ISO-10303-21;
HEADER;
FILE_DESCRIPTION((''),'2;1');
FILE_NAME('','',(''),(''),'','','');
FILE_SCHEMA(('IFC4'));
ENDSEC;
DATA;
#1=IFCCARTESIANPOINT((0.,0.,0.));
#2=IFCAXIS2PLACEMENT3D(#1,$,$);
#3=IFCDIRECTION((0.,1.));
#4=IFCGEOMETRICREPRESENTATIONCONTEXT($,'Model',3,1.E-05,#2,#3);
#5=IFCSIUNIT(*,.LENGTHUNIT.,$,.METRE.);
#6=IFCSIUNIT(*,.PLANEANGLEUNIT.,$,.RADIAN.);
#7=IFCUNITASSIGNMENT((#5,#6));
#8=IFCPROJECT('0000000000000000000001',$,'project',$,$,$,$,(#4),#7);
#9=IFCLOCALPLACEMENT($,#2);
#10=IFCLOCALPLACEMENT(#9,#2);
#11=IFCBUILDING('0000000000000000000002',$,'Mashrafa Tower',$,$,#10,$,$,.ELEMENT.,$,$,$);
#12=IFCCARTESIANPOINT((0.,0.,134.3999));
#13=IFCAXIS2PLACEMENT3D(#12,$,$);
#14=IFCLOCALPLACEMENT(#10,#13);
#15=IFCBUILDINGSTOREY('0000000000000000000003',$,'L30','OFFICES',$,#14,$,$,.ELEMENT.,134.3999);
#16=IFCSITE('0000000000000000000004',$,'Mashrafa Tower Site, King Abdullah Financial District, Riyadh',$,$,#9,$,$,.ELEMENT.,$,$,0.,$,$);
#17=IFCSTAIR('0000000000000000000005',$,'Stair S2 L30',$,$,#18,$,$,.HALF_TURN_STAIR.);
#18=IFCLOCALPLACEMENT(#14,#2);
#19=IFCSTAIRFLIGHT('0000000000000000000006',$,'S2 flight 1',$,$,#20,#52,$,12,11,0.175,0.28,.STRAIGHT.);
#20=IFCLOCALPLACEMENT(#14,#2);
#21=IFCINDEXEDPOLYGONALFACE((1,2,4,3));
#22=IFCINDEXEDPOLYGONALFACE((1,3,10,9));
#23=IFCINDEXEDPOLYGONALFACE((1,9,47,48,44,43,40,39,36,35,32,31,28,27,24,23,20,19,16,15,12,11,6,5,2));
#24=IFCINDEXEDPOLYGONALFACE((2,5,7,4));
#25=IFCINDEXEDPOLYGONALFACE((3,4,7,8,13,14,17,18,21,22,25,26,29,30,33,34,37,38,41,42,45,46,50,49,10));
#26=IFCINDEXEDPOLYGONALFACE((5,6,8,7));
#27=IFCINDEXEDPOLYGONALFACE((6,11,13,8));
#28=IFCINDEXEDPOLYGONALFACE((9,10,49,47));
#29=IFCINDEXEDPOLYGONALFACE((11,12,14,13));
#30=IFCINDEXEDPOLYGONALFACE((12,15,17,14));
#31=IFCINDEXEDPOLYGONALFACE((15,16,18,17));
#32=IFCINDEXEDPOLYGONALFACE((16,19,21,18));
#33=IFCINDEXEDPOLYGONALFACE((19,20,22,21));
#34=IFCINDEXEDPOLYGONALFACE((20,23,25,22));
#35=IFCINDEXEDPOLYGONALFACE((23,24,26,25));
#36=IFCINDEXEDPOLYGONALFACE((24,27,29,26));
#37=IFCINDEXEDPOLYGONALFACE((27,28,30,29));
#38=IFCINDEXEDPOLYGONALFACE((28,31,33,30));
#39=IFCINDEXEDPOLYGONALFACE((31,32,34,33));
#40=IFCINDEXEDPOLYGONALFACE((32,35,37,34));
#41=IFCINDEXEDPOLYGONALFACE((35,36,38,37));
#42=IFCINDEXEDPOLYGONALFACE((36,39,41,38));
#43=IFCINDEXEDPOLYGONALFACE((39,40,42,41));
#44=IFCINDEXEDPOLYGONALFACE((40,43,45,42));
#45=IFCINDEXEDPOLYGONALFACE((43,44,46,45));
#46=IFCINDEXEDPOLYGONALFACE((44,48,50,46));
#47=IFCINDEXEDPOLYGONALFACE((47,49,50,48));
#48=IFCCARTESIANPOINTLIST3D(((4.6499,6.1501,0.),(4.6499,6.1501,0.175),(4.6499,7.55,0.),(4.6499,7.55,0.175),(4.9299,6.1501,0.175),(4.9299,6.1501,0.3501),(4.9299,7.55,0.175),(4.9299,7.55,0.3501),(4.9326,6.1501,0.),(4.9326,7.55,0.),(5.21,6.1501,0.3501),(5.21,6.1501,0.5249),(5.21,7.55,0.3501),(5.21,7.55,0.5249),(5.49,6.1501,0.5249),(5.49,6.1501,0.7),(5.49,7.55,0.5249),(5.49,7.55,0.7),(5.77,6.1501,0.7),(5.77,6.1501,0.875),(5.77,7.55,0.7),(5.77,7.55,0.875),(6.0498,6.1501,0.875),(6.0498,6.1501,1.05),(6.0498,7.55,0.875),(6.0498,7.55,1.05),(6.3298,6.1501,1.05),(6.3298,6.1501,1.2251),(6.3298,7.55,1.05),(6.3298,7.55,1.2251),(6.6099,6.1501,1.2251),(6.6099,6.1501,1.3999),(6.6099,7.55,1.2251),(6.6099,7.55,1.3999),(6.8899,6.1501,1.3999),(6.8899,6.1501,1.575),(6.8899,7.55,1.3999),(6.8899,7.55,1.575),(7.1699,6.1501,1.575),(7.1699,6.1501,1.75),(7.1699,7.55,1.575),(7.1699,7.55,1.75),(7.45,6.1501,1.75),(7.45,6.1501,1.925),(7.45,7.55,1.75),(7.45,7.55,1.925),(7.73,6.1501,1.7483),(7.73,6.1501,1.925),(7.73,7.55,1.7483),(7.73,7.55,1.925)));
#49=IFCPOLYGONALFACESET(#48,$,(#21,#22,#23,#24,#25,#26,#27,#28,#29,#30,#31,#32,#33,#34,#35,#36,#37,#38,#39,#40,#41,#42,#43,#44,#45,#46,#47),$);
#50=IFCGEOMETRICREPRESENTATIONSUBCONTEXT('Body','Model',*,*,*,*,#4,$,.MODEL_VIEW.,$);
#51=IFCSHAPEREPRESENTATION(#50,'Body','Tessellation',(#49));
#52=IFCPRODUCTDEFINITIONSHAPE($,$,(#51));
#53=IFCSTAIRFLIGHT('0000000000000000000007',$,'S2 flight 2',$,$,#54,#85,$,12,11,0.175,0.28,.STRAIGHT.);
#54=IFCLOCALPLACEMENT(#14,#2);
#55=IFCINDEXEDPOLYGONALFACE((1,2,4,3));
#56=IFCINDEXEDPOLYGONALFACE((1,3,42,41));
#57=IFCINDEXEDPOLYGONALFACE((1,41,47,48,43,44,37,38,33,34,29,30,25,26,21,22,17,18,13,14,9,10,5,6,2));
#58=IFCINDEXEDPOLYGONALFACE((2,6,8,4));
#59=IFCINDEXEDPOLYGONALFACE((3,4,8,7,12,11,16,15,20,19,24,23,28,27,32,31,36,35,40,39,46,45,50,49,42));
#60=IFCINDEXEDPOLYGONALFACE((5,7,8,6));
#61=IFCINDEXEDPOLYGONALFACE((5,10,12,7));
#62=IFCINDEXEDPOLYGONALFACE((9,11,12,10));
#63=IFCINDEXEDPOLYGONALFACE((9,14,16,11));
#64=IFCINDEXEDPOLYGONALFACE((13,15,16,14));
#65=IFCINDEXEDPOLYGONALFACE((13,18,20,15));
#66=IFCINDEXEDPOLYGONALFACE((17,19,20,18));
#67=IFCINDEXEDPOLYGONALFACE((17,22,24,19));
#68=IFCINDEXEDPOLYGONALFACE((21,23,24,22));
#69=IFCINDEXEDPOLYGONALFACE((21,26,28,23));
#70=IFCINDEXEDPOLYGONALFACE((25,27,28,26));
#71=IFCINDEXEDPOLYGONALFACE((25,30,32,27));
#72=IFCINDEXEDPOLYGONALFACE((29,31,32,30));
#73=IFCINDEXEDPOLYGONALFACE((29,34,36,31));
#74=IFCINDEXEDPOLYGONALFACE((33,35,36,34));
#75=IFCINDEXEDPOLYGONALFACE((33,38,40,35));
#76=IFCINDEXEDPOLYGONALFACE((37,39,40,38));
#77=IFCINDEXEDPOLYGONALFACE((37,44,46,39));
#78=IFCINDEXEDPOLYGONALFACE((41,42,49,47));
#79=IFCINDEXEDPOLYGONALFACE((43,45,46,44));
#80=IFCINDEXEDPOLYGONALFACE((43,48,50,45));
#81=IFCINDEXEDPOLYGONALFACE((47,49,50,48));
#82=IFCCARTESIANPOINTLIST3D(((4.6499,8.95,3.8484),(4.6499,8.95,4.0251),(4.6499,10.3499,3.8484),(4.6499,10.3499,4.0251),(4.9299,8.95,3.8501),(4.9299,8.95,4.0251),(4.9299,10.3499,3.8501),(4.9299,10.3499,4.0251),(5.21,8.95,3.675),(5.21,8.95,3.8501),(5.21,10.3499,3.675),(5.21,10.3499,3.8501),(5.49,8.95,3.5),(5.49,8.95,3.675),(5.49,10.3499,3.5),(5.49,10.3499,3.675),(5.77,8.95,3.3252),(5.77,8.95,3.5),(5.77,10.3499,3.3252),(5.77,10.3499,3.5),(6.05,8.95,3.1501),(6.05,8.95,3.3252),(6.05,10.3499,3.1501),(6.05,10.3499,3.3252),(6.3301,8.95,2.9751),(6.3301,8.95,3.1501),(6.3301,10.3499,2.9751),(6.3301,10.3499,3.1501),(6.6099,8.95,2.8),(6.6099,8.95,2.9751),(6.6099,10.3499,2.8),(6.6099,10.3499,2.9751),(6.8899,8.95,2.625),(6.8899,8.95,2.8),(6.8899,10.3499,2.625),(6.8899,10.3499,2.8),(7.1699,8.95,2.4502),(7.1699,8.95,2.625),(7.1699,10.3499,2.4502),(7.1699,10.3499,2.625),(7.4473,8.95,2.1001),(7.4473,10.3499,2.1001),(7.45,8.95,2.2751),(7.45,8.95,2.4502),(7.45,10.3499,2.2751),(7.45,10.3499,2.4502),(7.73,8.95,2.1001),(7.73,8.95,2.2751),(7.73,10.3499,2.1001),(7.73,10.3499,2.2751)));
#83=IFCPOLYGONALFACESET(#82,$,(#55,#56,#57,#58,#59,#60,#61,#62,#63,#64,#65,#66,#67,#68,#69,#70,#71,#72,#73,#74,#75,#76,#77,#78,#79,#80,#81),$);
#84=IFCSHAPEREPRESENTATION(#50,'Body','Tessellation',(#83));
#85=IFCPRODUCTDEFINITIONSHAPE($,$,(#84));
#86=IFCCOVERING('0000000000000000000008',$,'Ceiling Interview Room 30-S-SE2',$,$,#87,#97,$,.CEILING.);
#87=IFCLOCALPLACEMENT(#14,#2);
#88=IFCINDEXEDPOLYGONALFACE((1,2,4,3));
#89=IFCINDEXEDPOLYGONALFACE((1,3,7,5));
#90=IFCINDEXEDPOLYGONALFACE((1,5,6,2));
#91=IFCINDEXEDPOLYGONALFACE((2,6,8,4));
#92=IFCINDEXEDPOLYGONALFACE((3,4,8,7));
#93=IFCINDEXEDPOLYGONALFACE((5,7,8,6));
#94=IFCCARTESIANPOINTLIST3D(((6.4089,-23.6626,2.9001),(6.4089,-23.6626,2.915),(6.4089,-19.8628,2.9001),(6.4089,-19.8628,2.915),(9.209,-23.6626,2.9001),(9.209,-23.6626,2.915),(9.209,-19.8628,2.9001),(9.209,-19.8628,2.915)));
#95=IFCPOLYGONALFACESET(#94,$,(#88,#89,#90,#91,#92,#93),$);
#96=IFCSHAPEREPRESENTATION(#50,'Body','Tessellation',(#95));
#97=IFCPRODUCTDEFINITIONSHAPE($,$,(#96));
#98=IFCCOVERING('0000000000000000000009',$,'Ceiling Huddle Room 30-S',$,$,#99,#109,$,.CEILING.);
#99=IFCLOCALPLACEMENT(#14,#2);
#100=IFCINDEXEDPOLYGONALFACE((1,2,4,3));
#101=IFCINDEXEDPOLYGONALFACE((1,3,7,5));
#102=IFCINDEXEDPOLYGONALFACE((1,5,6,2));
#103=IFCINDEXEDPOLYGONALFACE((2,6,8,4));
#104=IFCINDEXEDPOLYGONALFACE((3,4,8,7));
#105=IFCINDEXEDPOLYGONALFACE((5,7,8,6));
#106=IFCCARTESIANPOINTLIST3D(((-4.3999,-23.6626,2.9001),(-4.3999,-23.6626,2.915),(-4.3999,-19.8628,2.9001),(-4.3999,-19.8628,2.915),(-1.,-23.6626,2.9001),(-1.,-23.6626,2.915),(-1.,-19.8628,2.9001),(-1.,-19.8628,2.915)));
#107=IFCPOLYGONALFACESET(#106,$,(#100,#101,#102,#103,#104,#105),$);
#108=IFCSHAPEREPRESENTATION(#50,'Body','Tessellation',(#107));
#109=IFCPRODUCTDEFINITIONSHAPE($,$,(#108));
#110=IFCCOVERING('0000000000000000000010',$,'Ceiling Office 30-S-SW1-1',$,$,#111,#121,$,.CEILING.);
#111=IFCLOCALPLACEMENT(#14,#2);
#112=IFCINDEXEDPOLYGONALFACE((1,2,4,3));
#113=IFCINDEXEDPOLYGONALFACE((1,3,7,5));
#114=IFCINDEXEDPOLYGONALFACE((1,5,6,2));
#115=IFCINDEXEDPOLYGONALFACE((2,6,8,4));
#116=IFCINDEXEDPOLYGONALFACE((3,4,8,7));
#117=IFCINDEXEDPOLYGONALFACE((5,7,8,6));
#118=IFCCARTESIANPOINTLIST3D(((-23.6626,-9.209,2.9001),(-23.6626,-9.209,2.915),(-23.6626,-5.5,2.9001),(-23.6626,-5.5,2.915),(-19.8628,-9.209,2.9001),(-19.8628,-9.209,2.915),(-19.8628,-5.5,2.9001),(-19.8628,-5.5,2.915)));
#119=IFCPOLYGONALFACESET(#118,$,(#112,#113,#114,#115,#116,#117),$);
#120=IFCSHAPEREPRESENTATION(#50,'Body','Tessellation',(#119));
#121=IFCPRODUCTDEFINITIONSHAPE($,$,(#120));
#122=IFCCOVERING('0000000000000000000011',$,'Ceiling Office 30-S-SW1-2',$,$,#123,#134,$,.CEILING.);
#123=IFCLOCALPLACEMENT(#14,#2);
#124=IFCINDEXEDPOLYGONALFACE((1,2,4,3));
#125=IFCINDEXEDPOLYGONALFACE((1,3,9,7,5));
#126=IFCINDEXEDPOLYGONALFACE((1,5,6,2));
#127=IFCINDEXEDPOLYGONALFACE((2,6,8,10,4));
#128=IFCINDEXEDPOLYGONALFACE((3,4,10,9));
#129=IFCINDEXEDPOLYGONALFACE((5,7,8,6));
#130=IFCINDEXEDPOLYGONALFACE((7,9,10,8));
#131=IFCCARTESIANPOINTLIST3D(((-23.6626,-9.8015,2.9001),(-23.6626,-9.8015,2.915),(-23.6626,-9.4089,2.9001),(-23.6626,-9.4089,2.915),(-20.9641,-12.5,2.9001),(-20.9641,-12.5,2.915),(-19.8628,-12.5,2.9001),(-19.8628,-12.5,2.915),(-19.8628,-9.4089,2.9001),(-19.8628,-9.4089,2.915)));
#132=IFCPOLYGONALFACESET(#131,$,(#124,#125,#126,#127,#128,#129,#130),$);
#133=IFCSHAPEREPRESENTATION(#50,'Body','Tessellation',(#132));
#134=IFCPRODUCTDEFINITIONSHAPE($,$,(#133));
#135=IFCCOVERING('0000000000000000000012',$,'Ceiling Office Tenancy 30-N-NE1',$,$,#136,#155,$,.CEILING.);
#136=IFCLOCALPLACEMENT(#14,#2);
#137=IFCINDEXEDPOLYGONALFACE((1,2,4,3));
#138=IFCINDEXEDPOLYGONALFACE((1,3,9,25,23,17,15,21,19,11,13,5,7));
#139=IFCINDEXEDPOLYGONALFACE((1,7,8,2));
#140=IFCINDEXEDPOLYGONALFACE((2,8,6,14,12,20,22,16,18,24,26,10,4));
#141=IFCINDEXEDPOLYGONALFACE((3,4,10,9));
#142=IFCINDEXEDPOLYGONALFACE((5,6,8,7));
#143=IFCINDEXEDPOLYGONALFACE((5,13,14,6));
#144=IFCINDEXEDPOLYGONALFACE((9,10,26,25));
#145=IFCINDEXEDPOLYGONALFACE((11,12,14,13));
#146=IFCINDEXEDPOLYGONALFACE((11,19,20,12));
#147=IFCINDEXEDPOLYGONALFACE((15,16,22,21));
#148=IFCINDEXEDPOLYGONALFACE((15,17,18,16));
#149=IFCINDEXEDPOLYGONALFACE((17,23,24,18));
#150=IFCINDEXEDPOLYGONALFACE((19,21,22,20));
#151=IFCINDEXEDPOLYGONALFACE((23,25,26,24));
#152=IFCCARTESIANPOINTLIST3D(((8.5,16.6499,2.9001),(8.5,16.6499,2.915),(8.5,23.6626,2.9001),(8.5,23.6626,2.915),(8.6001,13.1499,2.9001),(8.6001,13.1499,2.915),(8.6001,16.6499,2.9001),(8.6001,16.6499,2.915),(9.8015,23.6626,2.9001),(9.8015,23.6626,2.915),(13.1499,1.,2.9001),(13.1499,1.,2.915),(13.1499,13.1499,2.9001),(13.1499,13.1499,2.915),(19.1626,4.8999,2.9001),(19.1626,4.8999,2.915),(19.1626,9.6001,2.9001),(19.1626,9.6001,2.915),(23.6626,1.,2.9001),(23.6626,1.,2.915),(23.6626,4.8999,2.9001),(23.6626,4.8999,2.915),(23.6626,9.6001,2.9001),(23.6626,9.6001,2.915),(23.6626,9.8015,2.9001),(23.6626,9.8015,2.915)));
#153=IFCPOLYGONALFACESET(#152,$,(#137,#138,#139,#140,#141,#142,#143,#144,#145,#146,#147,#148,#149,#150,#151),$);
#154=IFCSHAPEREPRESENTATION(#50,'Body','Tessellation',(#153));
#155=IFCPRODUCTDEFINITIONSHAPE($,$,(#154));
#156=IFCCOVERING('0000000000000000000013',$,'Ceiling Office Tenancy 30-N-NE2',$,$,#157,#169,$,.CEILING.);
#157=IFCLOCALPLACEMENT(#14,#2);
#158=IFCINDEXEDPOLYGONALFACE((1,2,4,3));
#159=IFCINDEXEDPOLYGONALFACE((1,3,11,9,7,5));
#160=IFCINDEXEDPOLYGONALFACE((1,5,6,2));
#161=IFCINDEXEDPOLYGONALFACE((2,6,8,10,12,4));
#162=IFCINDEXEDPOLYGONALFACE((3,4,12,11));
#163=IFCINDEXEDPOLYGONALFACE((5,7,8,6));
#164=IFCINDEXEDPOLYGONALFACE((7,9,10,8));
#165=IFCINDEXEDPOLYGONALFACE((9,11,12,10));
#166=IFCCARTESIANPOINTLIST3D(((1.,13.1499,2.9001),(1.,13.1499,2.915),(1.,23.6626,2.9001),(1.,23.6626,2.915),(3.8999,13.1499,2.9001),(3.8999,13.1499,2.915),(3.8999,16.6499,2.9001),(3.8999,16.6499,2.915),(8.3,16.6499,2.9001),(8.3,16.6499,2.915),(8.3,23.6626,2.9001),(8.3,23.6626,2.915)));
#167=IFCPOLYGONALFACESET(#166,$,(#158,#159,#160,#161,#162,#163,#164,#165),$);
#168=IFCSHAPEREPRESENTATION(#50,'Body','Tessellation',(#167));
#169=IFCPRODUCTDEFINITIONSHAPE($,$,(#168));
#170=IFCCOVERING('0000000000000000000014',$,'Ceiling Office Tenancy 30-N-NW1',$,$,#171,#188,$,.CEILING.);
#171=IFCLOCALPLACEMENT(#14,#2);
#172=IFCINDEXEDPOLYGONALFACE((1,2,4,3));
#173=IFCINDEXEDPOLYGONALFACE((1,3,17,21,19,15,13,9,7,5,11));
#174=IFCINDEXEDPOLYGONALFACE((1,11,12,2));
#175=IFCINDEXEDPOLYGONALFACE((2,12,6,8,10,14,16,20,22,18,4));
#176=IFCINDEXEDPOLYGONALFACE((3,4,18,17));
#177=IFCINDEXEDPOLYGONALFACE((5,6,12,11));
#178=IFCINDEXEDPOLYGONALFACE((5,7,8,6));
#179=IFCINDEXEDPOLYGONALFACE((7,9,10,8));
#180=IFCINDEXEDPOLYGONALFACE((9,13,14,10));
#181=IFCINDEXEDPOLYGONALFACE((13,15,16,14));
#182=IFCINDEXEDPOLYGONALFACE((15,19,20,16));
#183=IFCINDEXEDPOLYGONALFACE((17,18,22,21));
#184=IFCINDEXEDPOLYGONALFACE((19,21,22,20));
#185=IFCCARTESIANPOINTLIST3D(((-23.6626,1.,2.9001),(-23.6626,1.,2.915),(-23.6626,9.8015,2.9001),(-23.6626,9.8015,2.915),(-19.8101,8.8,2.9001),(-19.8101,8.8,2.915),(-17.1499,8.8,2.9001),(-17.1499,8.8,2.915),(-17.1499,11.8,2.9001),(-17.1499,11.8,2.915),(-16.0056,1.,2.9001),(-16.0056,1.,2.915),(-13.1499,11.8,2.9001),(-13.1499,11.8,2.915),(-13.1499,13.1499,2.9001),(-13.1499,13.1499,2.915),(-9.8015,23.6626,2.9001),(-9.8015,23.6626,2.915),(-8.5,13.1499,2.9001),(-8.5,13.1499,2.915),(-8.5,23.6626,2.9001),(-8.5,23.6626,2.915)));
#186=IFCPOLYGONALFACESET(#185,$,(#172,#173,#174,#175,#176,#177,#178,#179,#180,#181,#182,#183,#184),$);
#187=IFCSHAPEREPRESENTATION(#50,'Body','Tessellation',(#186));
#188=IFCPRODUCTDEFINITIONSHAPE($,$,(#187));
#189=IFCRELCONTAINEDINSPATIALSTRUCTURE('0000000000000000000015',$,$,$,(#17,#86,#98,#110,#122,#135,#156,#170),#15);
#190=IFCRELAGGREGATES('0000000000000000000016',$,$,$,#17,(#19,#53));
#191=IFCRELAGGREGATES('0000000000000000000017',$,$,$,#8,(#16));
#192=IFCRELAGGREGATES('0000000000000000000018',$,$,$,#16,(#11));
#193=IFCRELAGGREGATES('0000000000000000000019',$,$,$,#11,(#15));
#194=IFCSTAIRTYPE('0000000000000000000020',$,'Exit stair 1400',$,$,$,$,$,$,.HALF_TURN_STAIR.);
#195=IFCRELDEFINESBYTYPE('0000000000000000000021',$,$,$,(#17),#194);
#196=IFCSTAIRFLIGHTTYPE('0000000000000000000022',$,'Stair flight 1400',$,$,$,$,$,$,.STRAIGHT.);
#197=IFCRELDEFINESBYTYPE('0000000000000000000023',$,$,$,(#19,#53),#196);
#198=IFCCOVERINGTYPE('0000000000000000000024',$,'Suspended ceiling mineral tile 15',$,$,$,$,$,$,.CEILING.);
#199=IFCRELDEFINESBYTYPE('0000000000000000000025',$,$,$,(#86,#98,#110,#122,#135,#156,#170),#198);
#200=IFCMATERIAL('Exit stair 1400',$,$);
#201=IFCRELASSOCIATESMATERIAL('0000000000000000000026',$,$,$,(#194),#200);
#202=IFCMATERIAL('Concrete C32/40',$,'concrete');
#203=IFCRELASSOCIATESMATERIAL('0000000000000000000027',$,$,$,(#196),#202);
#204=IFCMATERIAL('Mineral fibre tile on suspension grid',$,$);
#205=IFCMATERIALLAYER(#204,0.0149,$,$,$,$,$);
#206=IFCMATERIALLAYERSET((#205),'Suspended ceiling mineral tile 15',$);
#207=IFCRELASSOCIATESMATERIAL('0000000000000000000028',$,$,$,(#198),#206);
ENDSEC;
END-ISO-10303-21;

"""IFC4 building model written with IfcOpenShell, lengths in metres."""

from ifc_helpers import new_model, si_unit, direction, frame, origin, place, context, subcontext, project, spatial, polyline, outline, extrude, material, layer, layer_set, type_object, element, aggregate, save


model = new_model("IFC4")

# Units and contexts
model_context = context("Model", 3, precision=1e-05, world=origin(), true_north=direction((0.0, 1.0)))
body_context = subcontext(model_context, "Body", "Model", "MODEL_VIEW")
ifc_project = project(units=[si_unit("LENGTHUNIT", "METRE"), si_unit("PLANEANGLEUNIT", "RADIAN")], contexts=[model_context])

# Site, building, storey
site_placement = place(None, origin())
site = spatial("IfcSite", under=ifc_project, at=site_placement, Name="Mashrafa Tower Site, King Abdullah Financial District, Riyadh", CompositionType="ELEMENT", RefElevation=0.0)
building_placement = place(site_placement, origin())
building = spatial("IfcBuilding", under=site, at=building_placement, Name="Mashrafa Tower", CompositionType="ELEMENT")
storey_placement = place(building_placement, frame((0.0, 0.0, 134.3999)))
storey = spatial("IfcBuildingStorey", under=building, at=storey_placement, Name="L30", Description="OFFICES", CompositionType="ELEMENT", Elevation=134.3999)

# Stair, stair flights
ifc_material_1 = material(Name="Exit stair 1400")
stair_type = type_object("IfcStairType", Name="Exit stair 1400", PredefinedType="HALF_TURN_STAIR", material=ifc_material_1)
stair_placement = place(storey_placement, origin())
stair = element("IfcStair", 1, at=stair_placement, inside=storey, type_object=stair_type, Name="Stair S2 L30", PredefinedType="HALF_TURN_STAIR")
ifc_material_2 = material(Name="Concrete C32/40", Category="concrete")
stair_flight_type = type_object("IfcStairFlightType", Name="Stair flight 1400", PredefinedType="STRAIGHT", material=ifc_material_2)
stair_flight_1_placement = place(storey_placement, frame((4.6499, 6.8501, 0.0), z_axis=(0.0, 0.0, 1.0), x_axis=(1.0, 0.0, 0.0)))
stair_flight_1 = element("IfcStairFlight", 2, at=stair_flight_1_placement, type_object=stair_flight_type, Name="S2 flight 1", NumberOfRisers=12, NumberOfTreads=11, PredefinedType="STRAIGHT", RiserHeight=0.175, TreadLength=0.28, context=body_context, shape_type="SweptSolid", body=[
    extrude(outline(polyline([(0.0, 0.0), (0.0, 0.175), (0.28, 0.175), (0.28, 0.3501), (0.5601, 0.3501), (0.5601, 0.5249), (0.8401, 0.5249), (0.8401, 0.7), (1.1201, 0.7), (1.1201, 0.875), (1.3999, 0.875), (1.3999, 1.05), (1.6799, 1.05), (1.6799, 1.2251), (1.96, 1.2251), (1.96, 1.3999), (2.24, 1.3999), (2.24, 1.575), (2.52, 1.575), (2.52, 1.75), (2.8, 1.75), (2.8, 1.925), (3.0801, 1.925), (3.0801, 2.1001), (3.0801, 1.7483), (0.2827, 0.0), (0.0, 0.0)])), frame((0.0, 0.7, 0.0), z_axis=(0.0, -1.0, 0.0), x_axis=(1.0, 0.0, 0.0)), (0.0, 0.0, 1.0), 1.3999),
])
stair_flight_2_placement = place(storey_placement, frame((7.73, 9.6499, 2.1001), z_axis=(0.0, 0.0, 1.0), x_axis=(-1.0, 0.0, 0.0)))
stair_flight_2 = element("IfcStairFlight", 3, at=stair_flight_2_placement, type_object=stair_flight_type, Name="S2 flight 2", NumberOfRisers=12, NumberOfTreads=11, PredefinedType="STRAIGHT", RiserHeight=0.175, TreadLength=0.28, context=body_context, shape_type="SweptSolid", body=[
    extrude(outline(polyline([(0.0, 0.0), (0.0, 0.175), (0.28, 0.175), (0.28, 0.3501), (0.5601, 0.3501), (0.5601, 0.5249), (0.8401, 0.5249), (0.8401, 0.7), (1.1201, 0.7), (1.1201, 0.875), (1.3999, 0.875), (1.3999, 1.05), (1.6799, 1.05), (1.6799, 1.2251), (1.96, 1.2251), (1.96, 1.3999), (2.24, 1.3999), (2.24, 1.575), (2.52, 1.575), (2.52, 1.75), (2.8, 1.75), (2.8, 1.925), (3.0801, 1.925), (3.0801, 2.1001), (3.0801, 1.7483), (0.2827, 0.0), (0.0, 0.0)])), frame((0.0, 0.7, 0.0), z_axis=(0.0, -1.0, 0.0), x_axis=(1.0, 0.0, 0.0)), (0.0, 0.0, 1.0), 1.3999),
])
aggregate(stair, [stair_flight_1, stair_flight_2])

# Coverings
ifc_material_3 = material(Name="Mineral fibre tile on suspension grid")
ifc_layer_1 = layer(ifc_material_3, 0.0149)
ifc_layer_set_1 = layer_set([ifc_layer_1], Name="Suspended ceiling mineral tile 15")
covering_type = type_object("IfcCoveringType", Name="Suspended ceiling mineral tile 15", PredefinedType="CEILING", material=ifc_layer_set_1)
covering_1_placement = place(storey_placement, frame((0.0, 0.0, 2.9001)))
element("IfcCovering", 4, at=covering_1_placement, inside=storey, type_object=covering_type, Name="Ceiling Interview Room 30-S-SE2", PredefinedType="CEILING", context=body_context, shape_type="SweptSolid", body=[
    extrude(outline(polyline([(6.4089, -19.8628), (9.209, -19.8628), (9.209, -23.6626), (6.4089, -23.6626), (6.4089, -19.8628)])), origin(), (0.0, 0.0, 1.0), 0.0149),
])
covering_2_placement = place(storey_placement, frame((0.0, 0.0, 2.9001)))
element("IfcCovering", 5, at=covering_2_placement, inside=storey, type_object=covering_type, Name="Ceiling Huddle Room 30-S", PredefinedType="CEILING", context=body_context, shape_type="SweptSolid", body=[
    extrude(outline(polyline([(-4.3999, -19.8628), (-1.0, -19.8628), (-1.0, -23.6626), (-4.3999, -23.6626), (-4.3999, -19.8628)])), origin(), (0.0, 0.0, 1.0), 0.0149),
])
covering_3_placement = place(storey_placement, frame((0.0, 0.0, 2.9001)))
element("IfcCovering", 6, at=covering_3_placement, inside=storey, type_object=covering_type, Name="Ceiling Office 30-S-SW1-1", PredefinedType="CEILING", context=body_context, shape_type="SweptSolid", body=[
    extrude(outline(polyline([(-19.8628, -5.5), (-19.8628, -9.209), (-23.6626, -9.209), (-23.6626, -5.5), (-19.8628, -5.5)])), origin(), (0.0, 0.0, 1.0), 0.0149),
])
covering_4_placement = place(storey_placement, frame((0.0, 0.0, 2.9001)))
element("IfcCovering", 7, at=covering_4_placement, inside=storey, type_object=covering_type, Name="Ceiling Office 30-S-SW1-2", PredefinedType="CEILING", context=body_context, shape_type="SweptSolid", body=[
    extrude(outline(polyline([(-19.8628, -9.4089), (-19.8628, -12.5), (-20.9641, -12.5), (-23.6626, -9.8015), (-23.6626, -9.4089), (-19.8628, -9.4089)])), origin(), (0.0, 0.0, 1.0), 0.0149),
])
covering_5_placement = place(storey_placement, frame((0.0, 0.0, 2.9001)))
element("IfcCovering", 8, at=covering_5_placement, inside=storey, type_object=covering_type, Name="Ceiling Office Tenancy 30-N-NE1", PredefinedType="CEILING", context=body_context, shape_type="SweptSolid", body=[
    extrude(outline(polyline([(8.5, 16.6499), (8.5, 23.6626), (9.8015, 23.6626), (23.6626, 9.8015), (23.6626, 9.6001), (19.1626, 9.6001), (19.1626, 4.8999), (23.6626, 4.8999), (23.6626, 1.0), (13.1499, 1.0), (13.1499, 13.1499), (8.6001, 13.1499), (8.6001, 16.6499), (8.5, 16.6499)])), origin(), (0.0, 0.0, 1.0), 0.0149),
])
covering_6_placement = place(storey_placement, frame((0.0, 0.0, 2.9001)))
element("IfcCovering", 9, at=covering_6_placement, inside=storey, type_object=covering_type, Name="Ceiling Office Tenancy 30-N-NE2", PredefinedType="CEILING", context=body_context, shape_type="SweptSolid", body=[
    extrude(outline(polyline([(1.0, 23.6626), (8.3, 23.6626), (8.3, 16.6499), (3.8999, 16.6499), (3.8999, 13.1499), (1.0, 13.1499), (1.0, 23.6626)])), origin(), (0.0, 0.0, 1.0), 0.0149),
])
covering_7_placement = place(storey_placement, frame((0.0, 0.0, 2.9001)))
element("IfcCovering", 10, at=covering_7_placement, inside=storey, type_object=covering_type, Name="Ceiling Office Tenancy 30-N-NW1", PredefinedType="CEILING", context=body_context, shape_type="SweptSolid", body=[
    extrude(outline(polyline([(-23.6626, 1.0), (-23.6626, 9.8015), (-9.8015, 23.6626), (-8.5, 23.6626), (-8.5, 13.1499), (-13.1499, 13.1499), (-13.1499, 11.8), (-17.1499, 11.8), (-17.1499, 8.8), (-19.8101, 8.8), (-16.0056, 1.0), (-23.6626, 1.0)])), origin(), (0.0, 0.0, 1.0), 0.0149),
])

save(model, "model.ifc")
